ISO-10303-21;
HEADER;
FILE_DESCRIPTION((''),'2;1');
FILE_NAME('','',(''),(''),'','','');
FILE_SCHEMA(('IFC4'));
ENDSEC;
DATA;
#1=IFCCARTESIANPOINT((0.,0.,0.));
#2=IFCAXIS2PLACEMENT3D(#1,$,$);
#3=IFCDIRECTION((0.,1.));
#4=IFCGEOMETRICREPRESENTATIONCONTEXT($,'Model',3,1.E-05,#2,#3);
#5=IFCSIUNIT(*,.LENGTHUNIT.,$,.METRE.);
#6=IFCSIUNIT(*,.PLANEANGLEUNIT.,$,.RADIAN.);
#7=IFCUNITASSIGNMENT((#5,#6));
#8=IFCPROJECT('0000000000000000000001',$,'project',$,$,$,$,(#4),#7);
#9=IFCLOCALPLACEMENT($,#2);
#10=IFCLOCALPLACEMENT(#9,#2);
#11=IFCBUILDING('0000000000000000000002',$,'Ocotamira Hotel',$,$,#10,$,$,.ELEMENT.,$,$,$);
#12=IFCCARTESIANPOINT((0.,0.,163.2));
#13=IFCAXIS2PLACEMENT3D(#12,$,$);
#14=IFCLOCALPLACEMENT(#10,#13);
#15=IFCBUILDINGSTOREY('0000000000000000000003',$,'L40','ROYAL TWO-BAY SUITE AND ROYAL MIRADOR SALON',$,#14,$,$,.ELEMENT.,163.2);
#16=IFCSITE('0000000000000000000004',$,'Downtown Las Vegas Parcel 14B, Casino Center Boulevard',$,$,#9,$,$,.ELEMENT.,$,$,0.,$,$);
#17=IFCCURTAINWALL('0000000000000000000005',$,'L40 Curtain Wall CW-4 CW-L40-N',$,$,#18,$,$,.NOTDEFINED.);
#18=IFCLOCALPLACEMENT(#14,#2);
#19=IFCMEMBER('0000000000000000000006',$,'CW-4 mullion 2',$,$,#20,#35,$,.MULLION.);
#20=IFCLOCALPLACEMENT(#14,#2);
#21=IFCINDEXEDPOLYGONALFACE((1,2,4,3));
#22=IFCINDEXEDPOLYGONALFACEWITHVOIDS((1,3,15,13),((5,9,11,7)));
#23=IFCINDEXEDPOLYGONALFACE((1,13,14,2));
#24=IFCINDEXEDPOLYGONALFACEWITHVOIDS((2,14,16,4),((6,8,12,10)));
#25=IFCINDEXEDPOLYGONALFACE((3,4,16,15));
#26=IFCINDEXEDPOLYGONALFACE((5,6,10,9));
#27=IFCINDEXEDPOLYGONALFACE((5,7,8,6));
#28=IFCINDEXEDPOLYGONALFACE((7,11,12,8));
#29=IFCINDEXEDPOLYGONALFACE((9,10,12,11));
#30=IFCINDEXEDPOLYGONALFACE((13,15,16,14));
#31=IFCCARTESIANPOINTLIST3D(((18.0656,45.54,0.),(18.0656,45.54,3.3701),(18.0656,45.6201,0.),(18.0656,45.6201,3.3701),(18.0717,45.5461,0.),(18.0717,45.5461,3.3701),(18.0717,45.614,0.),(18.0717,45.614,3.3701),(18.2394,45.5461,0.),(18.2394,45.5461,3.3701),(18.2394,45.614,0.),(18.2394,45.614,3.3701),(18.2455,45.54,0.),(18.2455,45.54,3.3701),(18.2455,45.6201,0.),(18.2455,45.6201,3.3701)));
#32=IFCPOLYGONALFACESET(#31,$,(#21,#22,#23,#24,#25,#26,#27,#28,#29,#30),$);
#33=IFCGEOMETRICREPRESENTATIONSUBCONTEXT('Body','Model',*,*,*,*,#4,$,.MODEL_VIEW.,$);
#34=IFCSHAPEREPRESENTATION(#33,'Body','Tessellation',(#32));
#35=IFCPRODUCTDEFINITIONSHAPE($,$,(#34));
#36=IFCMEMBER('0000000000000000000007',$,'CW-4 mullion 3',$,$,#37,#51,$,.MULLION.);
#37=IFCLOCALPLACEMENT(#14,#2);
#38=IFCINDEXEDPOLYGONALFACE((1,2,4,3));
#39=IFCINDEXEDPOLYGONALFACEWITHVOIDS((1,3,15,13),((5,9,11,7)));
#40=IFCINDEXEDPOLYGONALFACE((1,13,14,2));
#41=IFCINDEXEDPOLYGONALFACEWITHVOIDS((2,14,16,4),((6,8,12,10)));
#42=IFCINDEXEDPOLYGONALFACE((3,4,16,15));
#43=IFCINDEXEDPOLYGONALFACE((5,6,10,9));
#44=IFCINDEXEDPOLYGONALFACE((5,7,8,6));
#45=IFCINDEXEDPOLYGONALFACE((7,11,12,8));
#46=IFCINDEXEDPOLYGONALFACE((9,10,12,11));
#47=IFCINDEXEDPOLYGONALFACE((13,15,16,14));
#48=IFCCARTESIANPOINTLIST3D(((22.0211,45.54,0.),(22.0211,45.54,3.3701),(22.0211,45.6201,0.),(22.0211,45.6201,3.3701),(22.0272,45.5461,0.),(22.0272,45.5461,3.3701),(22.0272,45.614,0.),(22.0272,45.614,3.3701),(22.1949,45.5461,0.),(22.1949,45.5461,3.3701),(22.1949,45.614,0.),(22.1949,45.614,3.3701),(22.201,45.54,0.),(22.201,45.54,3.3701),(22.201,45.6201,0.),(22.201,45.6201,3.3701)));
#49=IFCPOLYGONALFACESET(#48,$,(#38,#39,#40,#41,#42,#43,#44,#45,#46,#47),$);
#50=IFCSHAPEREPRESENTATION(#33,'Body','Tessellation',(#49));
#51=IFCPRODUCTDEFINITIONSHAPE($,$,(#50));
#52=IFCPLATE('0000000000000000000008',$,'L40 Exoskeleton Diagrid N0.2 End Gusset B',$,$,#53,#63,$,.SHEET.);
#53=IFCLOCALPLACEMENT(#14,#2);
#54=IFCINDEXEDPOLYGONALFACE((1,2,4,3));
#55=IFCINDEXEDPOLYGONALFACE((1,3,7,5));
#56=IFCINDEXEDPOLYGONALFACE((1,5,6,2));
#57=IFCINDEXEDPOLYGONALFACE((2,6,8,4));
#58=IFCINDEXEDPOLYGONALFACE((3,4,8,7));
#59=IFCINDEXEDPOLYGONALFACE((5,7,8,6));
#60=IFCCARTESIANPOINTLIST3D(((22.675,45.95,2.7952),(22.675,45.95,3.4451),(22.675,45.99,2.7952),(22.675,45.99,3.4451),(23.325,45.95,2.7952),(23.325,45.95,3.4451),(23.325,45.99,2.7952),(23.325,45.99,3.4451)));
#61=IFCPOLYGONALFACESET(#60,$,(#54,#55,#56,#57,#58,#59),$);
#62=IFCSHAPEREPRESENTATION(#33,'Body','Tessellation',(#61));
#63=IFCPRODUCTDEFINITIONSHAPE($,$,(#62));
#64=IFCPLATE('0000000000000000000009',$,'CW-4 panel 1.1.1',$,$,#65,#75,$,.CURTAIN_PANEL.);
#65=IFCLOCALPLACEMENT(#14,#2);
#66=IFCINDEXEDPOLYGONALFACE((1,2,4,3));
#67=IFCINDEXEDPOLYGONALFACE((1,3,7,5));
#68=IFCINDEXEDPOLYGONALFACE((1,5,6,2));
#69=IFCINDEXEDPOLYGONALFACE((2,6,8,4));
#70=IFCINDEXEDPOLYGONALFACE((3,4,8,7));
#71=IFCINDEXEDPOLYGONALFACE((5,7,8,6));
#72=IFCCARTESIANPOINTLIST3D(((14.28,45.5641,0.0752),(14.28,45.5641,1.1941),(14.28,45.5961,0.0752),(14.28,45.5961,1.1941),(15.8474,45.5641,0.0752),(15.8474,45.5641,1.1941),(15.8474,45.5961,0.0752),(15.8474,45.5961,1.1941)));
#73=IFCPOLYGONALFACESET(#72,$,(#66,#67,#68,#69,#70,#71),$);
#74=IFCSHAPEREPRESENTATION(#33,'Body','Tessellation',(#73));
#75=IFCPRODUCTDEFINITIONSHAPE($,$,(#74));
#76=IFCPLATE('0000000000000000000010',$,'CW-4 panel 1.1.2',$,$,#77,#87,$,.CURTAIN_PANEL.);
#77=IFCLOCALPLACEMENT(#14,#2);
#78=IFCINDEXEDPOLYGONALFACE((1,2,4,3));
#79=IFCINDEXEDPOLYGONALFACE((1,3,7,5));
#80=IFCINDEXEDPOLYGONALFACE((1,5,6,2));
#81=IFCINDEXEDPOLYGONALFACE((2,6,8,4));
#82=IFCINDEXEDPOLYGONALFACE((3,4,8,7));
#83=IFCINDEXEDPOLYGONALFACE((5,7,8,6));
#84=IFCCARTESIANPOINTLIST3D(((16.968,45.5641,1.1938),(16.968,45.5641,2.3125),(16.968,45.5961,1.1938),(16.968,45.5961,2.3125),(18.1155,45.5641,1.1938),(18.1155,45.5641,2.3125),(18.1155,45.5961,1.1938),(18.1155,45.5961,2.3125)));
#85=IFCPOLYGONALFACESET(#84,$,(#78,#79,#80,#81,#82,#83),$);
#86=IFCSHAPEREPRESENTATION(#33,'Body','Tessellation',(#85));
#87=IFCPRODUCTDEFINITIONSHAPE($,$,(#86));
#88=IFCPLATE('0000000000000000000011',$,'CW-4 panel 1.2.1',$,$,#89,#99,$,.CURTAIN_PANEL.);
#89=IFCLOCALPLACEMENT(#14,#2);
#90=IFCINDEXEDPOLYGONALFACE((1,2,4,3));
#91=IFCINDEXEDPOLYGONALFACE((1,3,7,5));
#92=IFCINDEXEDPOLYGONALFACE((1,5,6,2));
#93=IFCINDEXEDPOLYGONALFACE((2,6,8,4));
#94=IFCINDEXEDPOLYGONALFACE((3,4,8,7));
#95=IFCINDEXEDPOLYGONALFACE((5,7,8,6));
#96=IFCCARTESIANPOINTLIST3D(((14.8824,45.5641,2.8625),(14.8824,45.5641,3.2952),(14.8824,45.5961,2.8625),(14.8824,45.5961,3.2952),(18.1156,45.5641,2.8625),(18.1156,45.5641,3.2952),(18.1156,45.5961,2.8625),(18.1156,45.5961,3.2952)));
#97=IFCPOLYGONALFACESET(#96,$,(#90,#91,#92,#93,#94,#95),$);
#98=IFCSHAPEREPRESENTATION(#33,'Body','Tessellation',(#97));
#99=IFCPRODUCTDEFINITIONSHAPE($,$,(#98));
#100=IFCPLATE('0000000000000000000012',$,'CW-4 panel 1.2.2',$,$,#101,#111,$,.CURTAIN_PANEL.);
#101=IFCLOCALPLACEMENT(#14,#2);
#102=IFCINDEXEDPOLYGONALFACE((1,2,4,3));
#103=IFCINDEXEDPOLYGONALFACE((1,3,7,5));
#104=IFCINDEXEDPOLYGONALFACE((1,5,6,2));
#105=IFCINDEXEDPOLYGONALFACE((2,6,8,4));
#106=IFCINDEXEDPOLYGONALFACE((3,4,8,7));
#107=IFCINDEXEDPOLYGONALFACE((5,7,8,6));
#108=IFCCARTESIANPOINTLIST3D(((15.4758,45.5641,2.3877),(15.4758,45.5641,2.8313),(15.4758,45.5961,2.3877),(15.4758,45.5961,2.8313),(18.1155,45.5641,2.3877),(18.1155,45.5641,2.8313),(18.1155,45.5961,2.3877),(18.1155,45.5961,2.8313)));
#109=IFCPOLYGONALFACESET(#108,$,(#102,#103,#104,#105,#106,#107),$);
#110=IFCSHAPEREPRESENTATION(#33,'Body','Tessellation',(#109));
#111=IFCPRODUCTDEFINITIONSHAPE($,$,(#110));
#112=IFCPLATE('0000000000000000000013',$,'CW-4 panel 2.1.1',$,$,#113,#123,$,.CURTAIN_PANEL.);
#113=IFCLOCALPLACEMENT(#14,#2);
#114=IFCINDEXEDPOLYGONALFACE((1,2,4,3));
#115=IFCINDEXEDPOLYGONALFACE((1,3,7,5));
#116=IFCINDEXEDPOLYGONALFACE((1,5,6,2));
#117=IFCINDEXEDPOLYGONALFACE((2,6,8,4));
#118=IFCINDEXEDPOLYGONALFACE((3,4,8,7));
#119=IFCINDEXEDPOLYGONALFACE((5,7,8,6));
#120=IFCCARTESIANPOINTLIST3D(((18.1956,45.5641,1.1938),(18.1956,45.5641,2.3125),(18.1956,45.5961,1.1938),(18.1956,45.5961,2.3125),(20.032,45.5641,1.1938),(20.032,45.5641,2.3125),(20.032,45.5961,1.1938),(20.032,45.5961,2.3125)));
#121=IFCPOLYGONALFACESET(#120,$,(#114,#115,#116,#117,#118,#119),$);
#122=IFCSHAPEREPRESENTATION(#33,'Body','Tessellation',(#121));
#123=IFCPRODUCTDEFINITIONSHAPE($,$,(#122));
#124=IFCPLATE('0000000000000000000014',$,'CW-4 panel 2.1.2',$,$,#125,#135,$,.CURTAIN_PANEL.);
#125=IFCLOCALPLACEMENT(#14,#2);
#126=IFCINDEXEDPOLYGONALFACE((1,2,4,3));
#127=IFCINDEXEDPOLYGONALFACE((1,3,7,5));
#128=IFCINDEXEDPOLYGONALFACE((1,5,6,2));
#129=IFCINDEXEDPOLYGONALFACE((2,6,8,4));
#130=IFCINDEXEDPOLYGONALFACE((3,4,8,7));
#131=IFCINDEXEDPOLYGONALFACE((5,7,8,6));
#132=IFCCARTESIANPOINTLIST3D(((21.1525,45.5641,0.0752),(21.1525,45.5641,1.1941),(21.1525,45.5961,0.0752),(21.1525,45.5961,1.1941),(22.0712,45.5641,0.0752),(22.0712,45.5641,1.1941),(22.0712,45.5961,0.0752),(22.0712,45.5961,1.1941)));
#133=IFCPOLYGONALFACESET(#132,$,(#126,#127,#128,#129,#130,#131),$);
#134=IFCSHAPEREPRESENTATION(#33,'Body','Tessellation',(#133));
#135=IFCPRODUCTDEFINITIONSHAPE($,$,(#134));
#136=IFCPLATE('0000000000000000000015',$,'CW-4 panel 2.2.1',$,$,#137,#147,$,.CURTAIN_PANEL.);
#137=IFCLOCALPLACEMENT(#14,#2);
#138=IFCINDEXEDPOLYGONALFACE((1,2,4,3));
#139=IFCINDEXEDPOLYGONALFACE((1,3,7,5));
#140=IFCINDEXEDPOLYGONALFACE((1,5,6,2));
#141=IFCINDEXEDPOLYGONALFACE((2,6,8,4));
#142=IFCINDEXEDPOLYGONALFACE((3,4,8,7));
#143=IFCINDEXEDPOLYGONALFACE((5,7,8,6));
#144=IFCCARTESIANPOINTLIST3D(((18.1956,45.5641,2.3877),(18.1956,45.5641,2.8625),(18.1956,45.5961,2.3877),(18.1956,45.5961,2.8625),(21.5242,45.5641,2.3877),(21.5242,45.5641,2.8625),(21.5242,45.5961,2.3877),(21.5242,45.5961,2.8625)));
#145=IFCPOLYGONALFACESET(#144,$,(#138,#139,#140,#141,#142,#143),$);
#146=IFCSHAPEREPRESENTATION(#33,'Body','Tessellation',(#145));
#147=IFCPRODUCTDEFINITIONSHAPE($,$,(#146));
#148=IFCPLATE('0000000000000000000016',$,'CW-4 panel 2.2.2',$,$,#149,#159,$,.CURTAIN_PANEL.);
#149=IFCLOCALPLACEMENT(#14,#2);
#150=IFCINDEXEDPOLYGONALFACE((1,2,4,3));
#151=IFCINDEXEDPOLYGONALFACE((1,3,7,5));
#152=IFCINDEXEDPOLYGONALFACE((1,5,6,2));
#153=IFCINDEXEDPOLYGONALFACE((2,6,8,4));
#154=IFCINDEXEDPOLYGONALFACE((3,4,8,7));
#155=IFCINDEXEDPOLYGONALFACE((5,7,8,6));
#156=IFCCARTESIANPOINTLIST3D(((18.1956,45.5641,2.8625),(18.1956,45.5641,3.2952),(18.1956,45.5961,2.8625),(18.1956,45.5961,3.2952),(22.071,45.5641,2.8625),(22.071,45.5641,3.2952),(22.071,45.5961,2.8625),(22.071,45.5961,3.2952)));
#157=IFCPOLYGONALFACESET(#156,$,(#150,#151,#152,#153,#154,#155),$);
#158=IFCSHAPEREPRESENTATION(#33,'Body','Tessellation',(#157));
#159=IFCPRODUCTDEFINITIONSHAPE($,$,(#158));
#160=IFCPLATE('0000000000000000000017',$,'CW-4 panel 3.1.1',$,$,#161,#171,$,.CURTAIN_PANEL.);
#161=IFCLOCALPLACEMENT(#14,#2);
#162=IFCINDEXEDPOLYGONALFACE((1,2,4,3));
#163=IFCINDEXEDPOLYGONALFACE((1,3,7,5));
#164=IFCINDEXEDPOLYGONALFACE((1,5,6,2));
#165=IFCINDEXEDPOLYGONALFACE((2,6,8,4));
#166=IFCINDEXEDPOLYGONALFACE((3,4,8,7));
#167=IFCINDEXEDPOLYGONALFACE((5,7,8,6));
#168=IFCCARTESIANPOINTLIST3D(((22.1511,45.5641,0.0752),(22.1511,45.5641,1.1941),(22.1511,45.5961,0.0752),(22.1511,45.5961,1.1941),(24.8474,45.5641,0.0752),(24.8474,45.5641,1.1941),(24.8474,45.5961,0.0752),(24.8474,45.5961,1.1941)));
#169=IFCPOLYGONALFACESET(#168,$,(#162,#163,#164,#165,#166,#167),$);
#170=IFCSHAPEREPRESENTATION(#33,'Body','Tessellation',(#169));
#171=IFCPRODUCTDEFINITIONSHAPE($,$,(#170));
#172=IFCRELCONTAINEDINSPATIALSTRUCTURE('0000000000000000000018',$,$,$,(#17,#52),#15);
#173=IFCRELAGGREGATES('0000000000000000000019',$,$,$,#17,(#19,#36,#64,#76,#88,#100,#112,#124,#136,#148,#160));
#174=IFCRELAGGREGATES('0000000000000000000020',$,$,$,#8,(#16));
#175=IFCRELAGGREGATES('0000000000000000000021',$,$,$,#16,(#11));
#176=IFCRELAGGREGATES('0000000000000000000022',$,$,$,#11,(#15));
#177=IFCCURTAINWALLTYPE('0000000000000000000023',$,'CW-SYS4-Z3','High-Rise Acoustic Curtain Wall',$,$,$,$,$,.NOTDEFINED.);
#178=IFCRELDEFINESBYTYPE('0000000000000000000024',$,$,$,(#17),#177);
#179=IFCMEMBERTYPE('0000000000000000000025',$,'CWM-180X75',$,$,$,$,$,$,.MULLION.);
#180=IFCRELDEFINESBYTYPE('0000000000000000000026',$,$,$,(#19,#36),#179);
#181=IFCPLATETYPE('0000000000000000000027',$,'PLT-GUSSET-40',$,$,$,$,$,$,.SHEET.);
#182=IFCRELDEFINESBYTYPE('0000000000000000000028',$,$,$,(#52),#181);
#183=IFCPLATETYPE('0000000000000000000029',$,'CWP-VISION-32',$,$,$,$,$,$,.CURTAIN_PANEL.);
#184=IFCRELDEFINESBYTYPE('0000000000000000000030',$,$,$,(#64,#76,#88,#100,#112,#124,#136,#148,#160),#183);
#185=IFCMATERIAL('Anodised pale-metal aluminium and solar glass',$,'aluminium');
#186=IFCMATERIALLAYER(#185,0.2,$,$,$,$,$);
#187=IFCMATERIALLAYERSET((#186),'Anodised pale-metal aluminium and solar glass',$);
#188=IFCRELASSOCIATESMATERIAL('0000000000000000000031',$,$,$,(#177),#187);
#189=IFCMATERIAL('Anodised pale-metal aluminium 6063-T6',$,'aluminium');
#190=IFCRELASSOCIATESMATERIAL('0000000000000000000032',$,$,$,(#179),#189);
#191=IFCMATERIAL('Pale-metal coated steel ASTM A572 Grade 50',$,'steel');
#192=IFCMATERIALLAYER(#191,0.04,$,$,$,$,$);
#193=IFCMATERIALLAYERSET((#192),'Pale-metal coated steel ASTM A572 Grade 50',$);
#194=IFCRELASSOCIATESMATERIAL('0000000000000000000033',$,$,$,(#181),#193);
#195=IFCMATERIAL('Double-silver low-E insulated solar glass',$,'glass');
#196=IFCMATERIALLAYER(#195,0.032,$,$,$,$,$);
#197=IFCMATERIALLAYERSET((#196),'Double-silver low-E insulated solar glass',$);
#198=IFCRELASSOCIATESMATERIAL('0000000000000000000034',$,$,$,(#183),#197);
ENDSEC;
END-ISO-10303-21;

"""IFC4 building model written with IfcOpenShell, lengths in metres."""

from ifc_helpers import new_model, si_unit, direction, frame, origin, origin_2d, place, context, subcontext, project, spatial, rectangle, hollow_rectangle, extrude, source, transform, mapped, material, layer, layer_set, material_profile, profile_set, type_object, element, aggregate, save


model = new_model("IFC4")

# Units and contexts
model_context = context("Model", 3, precision=1e-05, world=origin(), true_north=direction((0.0, 1.0)))
body_context = subcontext(model_context, "Body", "Model", "MODEL_VIEW")
ifc_project = project(units=[si_unit("LENGTHUNIT", "METRE"), si_unit("PLANEANGLEUNIT", "RADIAN")], contexts=[model_context])

# Site, building, storey
site_placement = place(None, origin())
site = spatial("IfcSite", under=ifc_project, at=site_placement, Name="Downtown Las Vegas Parcel 14B, Casino Center Boulevard", CompositionType="ELEMENT", RefElevation=0.0)
building_placement = place(site_placement, origin())
building = spatial("IfcBuilding", under=site, at=building_placement, Name="Ocotamira Hotel", CompositionType="ELEMENT")
storey_placement = place(building_placement, frame((0.0, 0.0, 163.2)))
storey = spatial("IfcBuildingStorey", under=building, at=storey_placement, Name="L40", Description="ROYAL TWO-BAY SUITE AND ROYAL MIRADOR SALON", CompositionType="ELEMENT", Elevation=163.2)

# Curtain wall, members
ifc_material_1 = material(Name="Anodised pale-metal aluminium and solar glass", Category="aluminium")
ifc_layer_1 = layer(ifc_material_1, 0.2)
ifc_layer_set_1 = layer_set([ifc_layer_1], Name="Anodised pale-metal aluminium and solar glass")
curtain_wall_type = type_object("IfcCurtainWallType", Name="CW-SYS4-Z3", Description="High-Rise Acoustic Curtain Wall", PredefinedType="NOTDEFINED", material=ifc_layer_set_1)
curtain_wall_placement = place(storey_placement, origin())
curtain_wall = element("IfcCurtainWall", 1, at=curtain_wall_placement, inside=storey, type_object=curtain_wall_type, Name="L40 Curtain Wall CW-4 CW-L40-N", PredefinedType="NOTDEFINED")
ifc_material_2 = material(Name="Anodised pale-metal aluminium 6063-T6", Category="aluminium")
ifc_material_profile_1 = material_profile(ifc_material_2, hollow_rectangle(XDim=0.0801, YDim=0.1799, WallThickness=0.0061, at=origin_2d()), Name="HSS180X80X6")
ifc_profile_set_1 = profile_set([ifc_material_profile_1], Name="Anodised pale-metal aluminium 6063-T6")
member_type_1 = type_object("IfcMemberType", Name="CWM-180X75", PredefinedType="MULLION", material=ifc_profile_set_1)
shared_shape_1 = source(origin(), body_context, "Body", "SweptSolid", [
    extrude(hollow_rectangle(XDim=0.0801, YDim=0.1799, WallThickness=0.0061, at=origin_2d()), origin(), (0.0, 0.0, 1.0), 3.3701),
])
member_1_placement = place(storey_placement, frame((18.1555, 45.5801, 0.0), z_axis=(0.0, 0.0, 1.0), x_axis=(0.0, 1.0, 0.0)))
member_1 = element("IfcMember", 2, at=member_1_placement, type_object=member_type_1, Name="CW-4 mullion 2", PredefinedType="MULLION", context=body_context, shape_type="MappedRepresentation", body=[
    mapped(shared_shape_1, transform((0.0, 0.0, 0.0), scale=1.0)),
])
member_2_placement = place(storey_placement, frame((22.1111, 45.5801, 0.0), z_axis=(0.0, 0.0, 1.0), x_axis=(0.0, 1.0, 0.0)))
member_2 = element("IfcMember", 3, at=member_2_placement, type_object=member_type_1, Name="CW-4 mullion 3", PredefinedType="MULLION", context=body_context, shape_type="MappedRepresentation", body=[
    mapped(shared_shape_1, transform((0.0, 0.0, 0.0), scale=1.0)),
])

# Plates
ifc_material_3 = material(Name="Pale-metal coated steel ASTM A572 Grade 50", Category="steel")
ifc_layer_2 = layer(ifc_material_3, 0.04)
ifc_layer_set_2 = layer_set([ifc_layer_2], Name="Pale-metal coated steel ASTM A572 Grade 50")
plate_type_1 = type_object("IfcPlateType", Name="PLT-GUSSET-40", PredefinedType="SHEET", material=ifc_layer_set_2)
shared_shape_2 = source(origin(), body_context, "Body", "SweptSolid", [
    extrude(rectangle(XDim=0.6499, YDim=0.04, at=origin_2d()), origin(), (0.0, 0.0, 1.0), 0.6499),
])
plate_1_placement = place(storey_placement, frame((23.0, 45.97, 2.7952), z_axis=(0.0, 0.0, 1.0), x_axis=(1.0, 0.0, 0.0)))
element("IfcPlate", 4, at=plate_1_placement, inside=storey, type_object=plate_type_1, Name="L40 Exoskeleton Diagrid N0.2 End Gusset B", PredefinedType="SHEET", context=body_context, shape_type="MappedRepresentation", body=[
    mapped(shared_shape_2, transform((0.0, 0.0, 0.0), scale=1.0)),
])
ifc_material_4 = material(Name="Double-silver low-E insulated solar glass", Category="glass")
ifc_layer_3 = layer(ifc_material_4, 0.032)
ifc_layer_set_3 = layer_set([ifc_layer_3], Name="Double-silver low-E insulated solar glass")
plate_type_2 = type_object("IfcPlateType", Name="CWP-VISION-32", PredefinedType="CURTAIN_PANEL", material=ifc_layer_set_3)
shared_shape_3 = source(origin(), body_context, "Body", "SweptSolid", [
    extrude(rectangle(XDim=1.5674, YDim=0.032, at=origin_2d()), origin(), (0.0, 0.0, 1.0), 1.1189),
])
plate_2_placement = place(storey_placement, frame((15.0637, 45.5801, 0.0752), z_axis=(0.0, 0.0, 1.0), x_axis=(1.0, 0.0, 0.0)))
plate_2 = element("IfcPlate", 5, at=plate_2_placement, type_object=plate_type_2, Name="CW-4 panel 1.1.1", PredefinedType="CURTAIN_PANEL", context=body_context, shape_type="MappedRepresentation", body=[
    mapped(shared_shape_3, transform((0.0, 0.0, 0.0), scale=1.0)),
])
shared_shape_4 = source(origin(), body_context, "Body", "SweptSolid", [
    extrude(rectangle(XDim=1.1475, YDim=0.032, at=origin_2d()), origin(), (0.0, 0.0, 1.0), 1.1187),
])
plate_3_placement = place(storey_placement, frame((17.5417, 45.5801, 1.1938), z_axis=(0.0, 0.0, 1.0), x_axis=(1.0, 0.0, 0.0)))
plate_3 = element("IfcPlate", 6, at=plate_3_placement, type_object=plate_type_2, Name="CW-4 panel 1.1.2", PredefinedType="CURTAIN_PANEL", context=body_context, shape_type="MappedRepresentation", body=[
    mapped(shared_shape_4, transform((0.0, 0.0, 0.0), scale=1.0)),
])
shared_shape_5 = source(origin(), body_context, "Body", "SweptSolid", [
    extrude(rectangle(XDim=3.2332, YDim=0.032, at=origin_2d()), origin(), (0.0, 0.0, 1.0), 0.4326),
])
plate_4_placement = place(storey_placement, frame((16.499, 45.5801, 2.8625), z_axis=(0.0, 0.0, 1.0), x_axis=(1.0, 0.0, 0.0)))
plate_4 = element("IfcPlate", 7, at=plate_4_placement, type_object=plate_type_2, Name="CW-4 panel 1.2.1", PredefinedType="CURTAIN_PANEL", context=body_context, shape_type="MappedRepresentation", body=[
    mapped(shared_shape_5, transform((0.0, 0.0, 0.0), scale=1.0)),
])
shared_shape_6 = source(origin(), body_context, "Body", "SweptSolid", [
    extrude(rectangle(XDim=2.6396, YDim=0.032, at=origin_2d()), origin(), (0.0, 0.0, 1.0), 0.4436),
])
plate_5_placement = place(storey_placement, frame((16.7957, 45.5801, 2.3877), z_axis=(0.0, 0.0, 1.0), x_axis=(1.0, 0.0, 0.0)))
plate_5 = element("IfcPlate", 8, at=plate_5_placement, type_object=plate_type_2, Name="CW-4 panel 1.2.2", PredefinedType="CURTAIN_PANEL", context=body_context, shape_type="MappedRepresentation", body=[
    mapped(shared_shape_6, transform((0.0, 0.0, 0.0), scale=1.0)),
])
shared_shape_7 = source(origin(), body_context, "Body", "SweptSolid", [
    extrude(rectangle(XDim=1.8364, YDim=0.032, at=origin_2d()), origin(), (0.0, 0.0, 1.0), 1.1187),
])
plate_6_placement = place(storey_placement, frame((19.1138, 45.5801, 1.1938), z_axis=(0.0, 0.0, 1.0), x_axis=(1.0, 0.0, 0.0)))
plate_6 = element("IfcPlate", 9, at=plate_6_placement, type_object=plate_type_2, Name="CW-4 panel 2.1.1", PredefinedType="CURTAIN_PANEL", context=body_context, shape_type="MappedRepresentation", body=[
    mapped(shared_shape_7, transform((0.0, 0.0, 0.0), scale=1.0)),
])
shared_shape_8 = source(origin(), body_context, "Body", "SweptSolid", [
    extrude(rectangle(XDim=0.9187, YDim=0.032, at=origin_2d()), origin(), (0.0, 0.0, 1.0), 1.1189),
])
plate_7_placement = place(storey_placement, frame((21.6118, 45.5801, 0.0752), z_axis=(0.0, 0.0, 1.0), x_axis=(1.0, 0.0, 0.0)))
plate_7 = element("IfcPlate", 10, at=plate_7_placement, type_object=plate_type_2, Name="CW-4 panel 2.1.2", PredefinedType="CURTAIN_PANEL", context=body_context, shape_type="MappedRepresentation", body=[
    mapped(shared_shape_8, transform((0.0, 0.0, 0.0), scale=1.0)),
])
shared_shape_9 = source(origin(), body_context, "Body", "SweptSolid", [
    extrude(rectangle(XDim=3.3286, YDim=0.032, at=origin_2d()), origin(), (0.0, 0.0, 1.0), 0.4749),
])
plate_8_placement = place(storey_placement, frame((19.8599, 45.5801, 2.3877), z_axis=(0.0, 0.0, 1.0), x_axis=(1.0, 0.0, 0.0)))
plate_8 = element("IfcPlate", 11, at=plate_8_placement, type_object=plate_type_2, Name="CW-4 panel 2.2.1", PredefinedType="CURTAIN_PANEL", context=body_context, shape_type="MappedRepresentation", body=[
    mapped(shared_shape_9, transform((0.0, 0.0, 0.0), scale=1.0)),
])
shared_shape_10 = source(origin(), body_context, "Body", "SweptSolid", [
    extrude(rectangle(XDim=3.8755, YDim=0.032, at=origin_2d()), origin(), (0.0, 0.0, 1.0), 0.4326),
])
plate_9_placement = place(storey_placement, frame((20.1333, 45.5801, 2.8625), z_axis=(0.0, 0.0, 1.0), x_axis=(1.0, 0.0, 0.0)))
plate_9 = element("IfcPlate", 12, at=plate_9_placement, type_object=plate_type_2, Name="CW-4 panel 2.2.2", PredefinedType="CURTAIN_PANEL", context=body_context, shape_type="MappedRepresentation", body=[
    mapped(shared_shape_10, transform((0.0, 0.0, 0.0), scale=1.0)),
])
shared_shape_11 = source(origin(), body_context, "Body", "SweptSolid", [
    extrude(rectangle(XDim=2.6963, YDim=0.032, at=origin_2d()), origin(), (0.0, 0.0, 1.0), 1.1189),
])
plate_10_placement = place(storey_placement, frame((23.4993, 45.5801, 0.0752), z_axis=(0.0, 0.0, 1.0), x_axis=(1.0, 0.0, 0.0)))
plate_10 = element("IfcPlate", 13, at=plate_10_placement, type_object=plate_type_2, Name="CW-4 panel 3.1.1", PredefinedType="CURTAIN_PANEL", context=body_context, shape_type="MappedRepresentation", body=[
    mapped(shared_shape_11, transform((0.0, 0.0, 0.0), scale=1.0)),
])
aggregate(curtain_wall, [member_1, member_2, plate_2, plate_3, plate_4, plate_5, plate_6, plate_7, plate_8, plate_9, plate_10])

save(model, "model.ifc")
